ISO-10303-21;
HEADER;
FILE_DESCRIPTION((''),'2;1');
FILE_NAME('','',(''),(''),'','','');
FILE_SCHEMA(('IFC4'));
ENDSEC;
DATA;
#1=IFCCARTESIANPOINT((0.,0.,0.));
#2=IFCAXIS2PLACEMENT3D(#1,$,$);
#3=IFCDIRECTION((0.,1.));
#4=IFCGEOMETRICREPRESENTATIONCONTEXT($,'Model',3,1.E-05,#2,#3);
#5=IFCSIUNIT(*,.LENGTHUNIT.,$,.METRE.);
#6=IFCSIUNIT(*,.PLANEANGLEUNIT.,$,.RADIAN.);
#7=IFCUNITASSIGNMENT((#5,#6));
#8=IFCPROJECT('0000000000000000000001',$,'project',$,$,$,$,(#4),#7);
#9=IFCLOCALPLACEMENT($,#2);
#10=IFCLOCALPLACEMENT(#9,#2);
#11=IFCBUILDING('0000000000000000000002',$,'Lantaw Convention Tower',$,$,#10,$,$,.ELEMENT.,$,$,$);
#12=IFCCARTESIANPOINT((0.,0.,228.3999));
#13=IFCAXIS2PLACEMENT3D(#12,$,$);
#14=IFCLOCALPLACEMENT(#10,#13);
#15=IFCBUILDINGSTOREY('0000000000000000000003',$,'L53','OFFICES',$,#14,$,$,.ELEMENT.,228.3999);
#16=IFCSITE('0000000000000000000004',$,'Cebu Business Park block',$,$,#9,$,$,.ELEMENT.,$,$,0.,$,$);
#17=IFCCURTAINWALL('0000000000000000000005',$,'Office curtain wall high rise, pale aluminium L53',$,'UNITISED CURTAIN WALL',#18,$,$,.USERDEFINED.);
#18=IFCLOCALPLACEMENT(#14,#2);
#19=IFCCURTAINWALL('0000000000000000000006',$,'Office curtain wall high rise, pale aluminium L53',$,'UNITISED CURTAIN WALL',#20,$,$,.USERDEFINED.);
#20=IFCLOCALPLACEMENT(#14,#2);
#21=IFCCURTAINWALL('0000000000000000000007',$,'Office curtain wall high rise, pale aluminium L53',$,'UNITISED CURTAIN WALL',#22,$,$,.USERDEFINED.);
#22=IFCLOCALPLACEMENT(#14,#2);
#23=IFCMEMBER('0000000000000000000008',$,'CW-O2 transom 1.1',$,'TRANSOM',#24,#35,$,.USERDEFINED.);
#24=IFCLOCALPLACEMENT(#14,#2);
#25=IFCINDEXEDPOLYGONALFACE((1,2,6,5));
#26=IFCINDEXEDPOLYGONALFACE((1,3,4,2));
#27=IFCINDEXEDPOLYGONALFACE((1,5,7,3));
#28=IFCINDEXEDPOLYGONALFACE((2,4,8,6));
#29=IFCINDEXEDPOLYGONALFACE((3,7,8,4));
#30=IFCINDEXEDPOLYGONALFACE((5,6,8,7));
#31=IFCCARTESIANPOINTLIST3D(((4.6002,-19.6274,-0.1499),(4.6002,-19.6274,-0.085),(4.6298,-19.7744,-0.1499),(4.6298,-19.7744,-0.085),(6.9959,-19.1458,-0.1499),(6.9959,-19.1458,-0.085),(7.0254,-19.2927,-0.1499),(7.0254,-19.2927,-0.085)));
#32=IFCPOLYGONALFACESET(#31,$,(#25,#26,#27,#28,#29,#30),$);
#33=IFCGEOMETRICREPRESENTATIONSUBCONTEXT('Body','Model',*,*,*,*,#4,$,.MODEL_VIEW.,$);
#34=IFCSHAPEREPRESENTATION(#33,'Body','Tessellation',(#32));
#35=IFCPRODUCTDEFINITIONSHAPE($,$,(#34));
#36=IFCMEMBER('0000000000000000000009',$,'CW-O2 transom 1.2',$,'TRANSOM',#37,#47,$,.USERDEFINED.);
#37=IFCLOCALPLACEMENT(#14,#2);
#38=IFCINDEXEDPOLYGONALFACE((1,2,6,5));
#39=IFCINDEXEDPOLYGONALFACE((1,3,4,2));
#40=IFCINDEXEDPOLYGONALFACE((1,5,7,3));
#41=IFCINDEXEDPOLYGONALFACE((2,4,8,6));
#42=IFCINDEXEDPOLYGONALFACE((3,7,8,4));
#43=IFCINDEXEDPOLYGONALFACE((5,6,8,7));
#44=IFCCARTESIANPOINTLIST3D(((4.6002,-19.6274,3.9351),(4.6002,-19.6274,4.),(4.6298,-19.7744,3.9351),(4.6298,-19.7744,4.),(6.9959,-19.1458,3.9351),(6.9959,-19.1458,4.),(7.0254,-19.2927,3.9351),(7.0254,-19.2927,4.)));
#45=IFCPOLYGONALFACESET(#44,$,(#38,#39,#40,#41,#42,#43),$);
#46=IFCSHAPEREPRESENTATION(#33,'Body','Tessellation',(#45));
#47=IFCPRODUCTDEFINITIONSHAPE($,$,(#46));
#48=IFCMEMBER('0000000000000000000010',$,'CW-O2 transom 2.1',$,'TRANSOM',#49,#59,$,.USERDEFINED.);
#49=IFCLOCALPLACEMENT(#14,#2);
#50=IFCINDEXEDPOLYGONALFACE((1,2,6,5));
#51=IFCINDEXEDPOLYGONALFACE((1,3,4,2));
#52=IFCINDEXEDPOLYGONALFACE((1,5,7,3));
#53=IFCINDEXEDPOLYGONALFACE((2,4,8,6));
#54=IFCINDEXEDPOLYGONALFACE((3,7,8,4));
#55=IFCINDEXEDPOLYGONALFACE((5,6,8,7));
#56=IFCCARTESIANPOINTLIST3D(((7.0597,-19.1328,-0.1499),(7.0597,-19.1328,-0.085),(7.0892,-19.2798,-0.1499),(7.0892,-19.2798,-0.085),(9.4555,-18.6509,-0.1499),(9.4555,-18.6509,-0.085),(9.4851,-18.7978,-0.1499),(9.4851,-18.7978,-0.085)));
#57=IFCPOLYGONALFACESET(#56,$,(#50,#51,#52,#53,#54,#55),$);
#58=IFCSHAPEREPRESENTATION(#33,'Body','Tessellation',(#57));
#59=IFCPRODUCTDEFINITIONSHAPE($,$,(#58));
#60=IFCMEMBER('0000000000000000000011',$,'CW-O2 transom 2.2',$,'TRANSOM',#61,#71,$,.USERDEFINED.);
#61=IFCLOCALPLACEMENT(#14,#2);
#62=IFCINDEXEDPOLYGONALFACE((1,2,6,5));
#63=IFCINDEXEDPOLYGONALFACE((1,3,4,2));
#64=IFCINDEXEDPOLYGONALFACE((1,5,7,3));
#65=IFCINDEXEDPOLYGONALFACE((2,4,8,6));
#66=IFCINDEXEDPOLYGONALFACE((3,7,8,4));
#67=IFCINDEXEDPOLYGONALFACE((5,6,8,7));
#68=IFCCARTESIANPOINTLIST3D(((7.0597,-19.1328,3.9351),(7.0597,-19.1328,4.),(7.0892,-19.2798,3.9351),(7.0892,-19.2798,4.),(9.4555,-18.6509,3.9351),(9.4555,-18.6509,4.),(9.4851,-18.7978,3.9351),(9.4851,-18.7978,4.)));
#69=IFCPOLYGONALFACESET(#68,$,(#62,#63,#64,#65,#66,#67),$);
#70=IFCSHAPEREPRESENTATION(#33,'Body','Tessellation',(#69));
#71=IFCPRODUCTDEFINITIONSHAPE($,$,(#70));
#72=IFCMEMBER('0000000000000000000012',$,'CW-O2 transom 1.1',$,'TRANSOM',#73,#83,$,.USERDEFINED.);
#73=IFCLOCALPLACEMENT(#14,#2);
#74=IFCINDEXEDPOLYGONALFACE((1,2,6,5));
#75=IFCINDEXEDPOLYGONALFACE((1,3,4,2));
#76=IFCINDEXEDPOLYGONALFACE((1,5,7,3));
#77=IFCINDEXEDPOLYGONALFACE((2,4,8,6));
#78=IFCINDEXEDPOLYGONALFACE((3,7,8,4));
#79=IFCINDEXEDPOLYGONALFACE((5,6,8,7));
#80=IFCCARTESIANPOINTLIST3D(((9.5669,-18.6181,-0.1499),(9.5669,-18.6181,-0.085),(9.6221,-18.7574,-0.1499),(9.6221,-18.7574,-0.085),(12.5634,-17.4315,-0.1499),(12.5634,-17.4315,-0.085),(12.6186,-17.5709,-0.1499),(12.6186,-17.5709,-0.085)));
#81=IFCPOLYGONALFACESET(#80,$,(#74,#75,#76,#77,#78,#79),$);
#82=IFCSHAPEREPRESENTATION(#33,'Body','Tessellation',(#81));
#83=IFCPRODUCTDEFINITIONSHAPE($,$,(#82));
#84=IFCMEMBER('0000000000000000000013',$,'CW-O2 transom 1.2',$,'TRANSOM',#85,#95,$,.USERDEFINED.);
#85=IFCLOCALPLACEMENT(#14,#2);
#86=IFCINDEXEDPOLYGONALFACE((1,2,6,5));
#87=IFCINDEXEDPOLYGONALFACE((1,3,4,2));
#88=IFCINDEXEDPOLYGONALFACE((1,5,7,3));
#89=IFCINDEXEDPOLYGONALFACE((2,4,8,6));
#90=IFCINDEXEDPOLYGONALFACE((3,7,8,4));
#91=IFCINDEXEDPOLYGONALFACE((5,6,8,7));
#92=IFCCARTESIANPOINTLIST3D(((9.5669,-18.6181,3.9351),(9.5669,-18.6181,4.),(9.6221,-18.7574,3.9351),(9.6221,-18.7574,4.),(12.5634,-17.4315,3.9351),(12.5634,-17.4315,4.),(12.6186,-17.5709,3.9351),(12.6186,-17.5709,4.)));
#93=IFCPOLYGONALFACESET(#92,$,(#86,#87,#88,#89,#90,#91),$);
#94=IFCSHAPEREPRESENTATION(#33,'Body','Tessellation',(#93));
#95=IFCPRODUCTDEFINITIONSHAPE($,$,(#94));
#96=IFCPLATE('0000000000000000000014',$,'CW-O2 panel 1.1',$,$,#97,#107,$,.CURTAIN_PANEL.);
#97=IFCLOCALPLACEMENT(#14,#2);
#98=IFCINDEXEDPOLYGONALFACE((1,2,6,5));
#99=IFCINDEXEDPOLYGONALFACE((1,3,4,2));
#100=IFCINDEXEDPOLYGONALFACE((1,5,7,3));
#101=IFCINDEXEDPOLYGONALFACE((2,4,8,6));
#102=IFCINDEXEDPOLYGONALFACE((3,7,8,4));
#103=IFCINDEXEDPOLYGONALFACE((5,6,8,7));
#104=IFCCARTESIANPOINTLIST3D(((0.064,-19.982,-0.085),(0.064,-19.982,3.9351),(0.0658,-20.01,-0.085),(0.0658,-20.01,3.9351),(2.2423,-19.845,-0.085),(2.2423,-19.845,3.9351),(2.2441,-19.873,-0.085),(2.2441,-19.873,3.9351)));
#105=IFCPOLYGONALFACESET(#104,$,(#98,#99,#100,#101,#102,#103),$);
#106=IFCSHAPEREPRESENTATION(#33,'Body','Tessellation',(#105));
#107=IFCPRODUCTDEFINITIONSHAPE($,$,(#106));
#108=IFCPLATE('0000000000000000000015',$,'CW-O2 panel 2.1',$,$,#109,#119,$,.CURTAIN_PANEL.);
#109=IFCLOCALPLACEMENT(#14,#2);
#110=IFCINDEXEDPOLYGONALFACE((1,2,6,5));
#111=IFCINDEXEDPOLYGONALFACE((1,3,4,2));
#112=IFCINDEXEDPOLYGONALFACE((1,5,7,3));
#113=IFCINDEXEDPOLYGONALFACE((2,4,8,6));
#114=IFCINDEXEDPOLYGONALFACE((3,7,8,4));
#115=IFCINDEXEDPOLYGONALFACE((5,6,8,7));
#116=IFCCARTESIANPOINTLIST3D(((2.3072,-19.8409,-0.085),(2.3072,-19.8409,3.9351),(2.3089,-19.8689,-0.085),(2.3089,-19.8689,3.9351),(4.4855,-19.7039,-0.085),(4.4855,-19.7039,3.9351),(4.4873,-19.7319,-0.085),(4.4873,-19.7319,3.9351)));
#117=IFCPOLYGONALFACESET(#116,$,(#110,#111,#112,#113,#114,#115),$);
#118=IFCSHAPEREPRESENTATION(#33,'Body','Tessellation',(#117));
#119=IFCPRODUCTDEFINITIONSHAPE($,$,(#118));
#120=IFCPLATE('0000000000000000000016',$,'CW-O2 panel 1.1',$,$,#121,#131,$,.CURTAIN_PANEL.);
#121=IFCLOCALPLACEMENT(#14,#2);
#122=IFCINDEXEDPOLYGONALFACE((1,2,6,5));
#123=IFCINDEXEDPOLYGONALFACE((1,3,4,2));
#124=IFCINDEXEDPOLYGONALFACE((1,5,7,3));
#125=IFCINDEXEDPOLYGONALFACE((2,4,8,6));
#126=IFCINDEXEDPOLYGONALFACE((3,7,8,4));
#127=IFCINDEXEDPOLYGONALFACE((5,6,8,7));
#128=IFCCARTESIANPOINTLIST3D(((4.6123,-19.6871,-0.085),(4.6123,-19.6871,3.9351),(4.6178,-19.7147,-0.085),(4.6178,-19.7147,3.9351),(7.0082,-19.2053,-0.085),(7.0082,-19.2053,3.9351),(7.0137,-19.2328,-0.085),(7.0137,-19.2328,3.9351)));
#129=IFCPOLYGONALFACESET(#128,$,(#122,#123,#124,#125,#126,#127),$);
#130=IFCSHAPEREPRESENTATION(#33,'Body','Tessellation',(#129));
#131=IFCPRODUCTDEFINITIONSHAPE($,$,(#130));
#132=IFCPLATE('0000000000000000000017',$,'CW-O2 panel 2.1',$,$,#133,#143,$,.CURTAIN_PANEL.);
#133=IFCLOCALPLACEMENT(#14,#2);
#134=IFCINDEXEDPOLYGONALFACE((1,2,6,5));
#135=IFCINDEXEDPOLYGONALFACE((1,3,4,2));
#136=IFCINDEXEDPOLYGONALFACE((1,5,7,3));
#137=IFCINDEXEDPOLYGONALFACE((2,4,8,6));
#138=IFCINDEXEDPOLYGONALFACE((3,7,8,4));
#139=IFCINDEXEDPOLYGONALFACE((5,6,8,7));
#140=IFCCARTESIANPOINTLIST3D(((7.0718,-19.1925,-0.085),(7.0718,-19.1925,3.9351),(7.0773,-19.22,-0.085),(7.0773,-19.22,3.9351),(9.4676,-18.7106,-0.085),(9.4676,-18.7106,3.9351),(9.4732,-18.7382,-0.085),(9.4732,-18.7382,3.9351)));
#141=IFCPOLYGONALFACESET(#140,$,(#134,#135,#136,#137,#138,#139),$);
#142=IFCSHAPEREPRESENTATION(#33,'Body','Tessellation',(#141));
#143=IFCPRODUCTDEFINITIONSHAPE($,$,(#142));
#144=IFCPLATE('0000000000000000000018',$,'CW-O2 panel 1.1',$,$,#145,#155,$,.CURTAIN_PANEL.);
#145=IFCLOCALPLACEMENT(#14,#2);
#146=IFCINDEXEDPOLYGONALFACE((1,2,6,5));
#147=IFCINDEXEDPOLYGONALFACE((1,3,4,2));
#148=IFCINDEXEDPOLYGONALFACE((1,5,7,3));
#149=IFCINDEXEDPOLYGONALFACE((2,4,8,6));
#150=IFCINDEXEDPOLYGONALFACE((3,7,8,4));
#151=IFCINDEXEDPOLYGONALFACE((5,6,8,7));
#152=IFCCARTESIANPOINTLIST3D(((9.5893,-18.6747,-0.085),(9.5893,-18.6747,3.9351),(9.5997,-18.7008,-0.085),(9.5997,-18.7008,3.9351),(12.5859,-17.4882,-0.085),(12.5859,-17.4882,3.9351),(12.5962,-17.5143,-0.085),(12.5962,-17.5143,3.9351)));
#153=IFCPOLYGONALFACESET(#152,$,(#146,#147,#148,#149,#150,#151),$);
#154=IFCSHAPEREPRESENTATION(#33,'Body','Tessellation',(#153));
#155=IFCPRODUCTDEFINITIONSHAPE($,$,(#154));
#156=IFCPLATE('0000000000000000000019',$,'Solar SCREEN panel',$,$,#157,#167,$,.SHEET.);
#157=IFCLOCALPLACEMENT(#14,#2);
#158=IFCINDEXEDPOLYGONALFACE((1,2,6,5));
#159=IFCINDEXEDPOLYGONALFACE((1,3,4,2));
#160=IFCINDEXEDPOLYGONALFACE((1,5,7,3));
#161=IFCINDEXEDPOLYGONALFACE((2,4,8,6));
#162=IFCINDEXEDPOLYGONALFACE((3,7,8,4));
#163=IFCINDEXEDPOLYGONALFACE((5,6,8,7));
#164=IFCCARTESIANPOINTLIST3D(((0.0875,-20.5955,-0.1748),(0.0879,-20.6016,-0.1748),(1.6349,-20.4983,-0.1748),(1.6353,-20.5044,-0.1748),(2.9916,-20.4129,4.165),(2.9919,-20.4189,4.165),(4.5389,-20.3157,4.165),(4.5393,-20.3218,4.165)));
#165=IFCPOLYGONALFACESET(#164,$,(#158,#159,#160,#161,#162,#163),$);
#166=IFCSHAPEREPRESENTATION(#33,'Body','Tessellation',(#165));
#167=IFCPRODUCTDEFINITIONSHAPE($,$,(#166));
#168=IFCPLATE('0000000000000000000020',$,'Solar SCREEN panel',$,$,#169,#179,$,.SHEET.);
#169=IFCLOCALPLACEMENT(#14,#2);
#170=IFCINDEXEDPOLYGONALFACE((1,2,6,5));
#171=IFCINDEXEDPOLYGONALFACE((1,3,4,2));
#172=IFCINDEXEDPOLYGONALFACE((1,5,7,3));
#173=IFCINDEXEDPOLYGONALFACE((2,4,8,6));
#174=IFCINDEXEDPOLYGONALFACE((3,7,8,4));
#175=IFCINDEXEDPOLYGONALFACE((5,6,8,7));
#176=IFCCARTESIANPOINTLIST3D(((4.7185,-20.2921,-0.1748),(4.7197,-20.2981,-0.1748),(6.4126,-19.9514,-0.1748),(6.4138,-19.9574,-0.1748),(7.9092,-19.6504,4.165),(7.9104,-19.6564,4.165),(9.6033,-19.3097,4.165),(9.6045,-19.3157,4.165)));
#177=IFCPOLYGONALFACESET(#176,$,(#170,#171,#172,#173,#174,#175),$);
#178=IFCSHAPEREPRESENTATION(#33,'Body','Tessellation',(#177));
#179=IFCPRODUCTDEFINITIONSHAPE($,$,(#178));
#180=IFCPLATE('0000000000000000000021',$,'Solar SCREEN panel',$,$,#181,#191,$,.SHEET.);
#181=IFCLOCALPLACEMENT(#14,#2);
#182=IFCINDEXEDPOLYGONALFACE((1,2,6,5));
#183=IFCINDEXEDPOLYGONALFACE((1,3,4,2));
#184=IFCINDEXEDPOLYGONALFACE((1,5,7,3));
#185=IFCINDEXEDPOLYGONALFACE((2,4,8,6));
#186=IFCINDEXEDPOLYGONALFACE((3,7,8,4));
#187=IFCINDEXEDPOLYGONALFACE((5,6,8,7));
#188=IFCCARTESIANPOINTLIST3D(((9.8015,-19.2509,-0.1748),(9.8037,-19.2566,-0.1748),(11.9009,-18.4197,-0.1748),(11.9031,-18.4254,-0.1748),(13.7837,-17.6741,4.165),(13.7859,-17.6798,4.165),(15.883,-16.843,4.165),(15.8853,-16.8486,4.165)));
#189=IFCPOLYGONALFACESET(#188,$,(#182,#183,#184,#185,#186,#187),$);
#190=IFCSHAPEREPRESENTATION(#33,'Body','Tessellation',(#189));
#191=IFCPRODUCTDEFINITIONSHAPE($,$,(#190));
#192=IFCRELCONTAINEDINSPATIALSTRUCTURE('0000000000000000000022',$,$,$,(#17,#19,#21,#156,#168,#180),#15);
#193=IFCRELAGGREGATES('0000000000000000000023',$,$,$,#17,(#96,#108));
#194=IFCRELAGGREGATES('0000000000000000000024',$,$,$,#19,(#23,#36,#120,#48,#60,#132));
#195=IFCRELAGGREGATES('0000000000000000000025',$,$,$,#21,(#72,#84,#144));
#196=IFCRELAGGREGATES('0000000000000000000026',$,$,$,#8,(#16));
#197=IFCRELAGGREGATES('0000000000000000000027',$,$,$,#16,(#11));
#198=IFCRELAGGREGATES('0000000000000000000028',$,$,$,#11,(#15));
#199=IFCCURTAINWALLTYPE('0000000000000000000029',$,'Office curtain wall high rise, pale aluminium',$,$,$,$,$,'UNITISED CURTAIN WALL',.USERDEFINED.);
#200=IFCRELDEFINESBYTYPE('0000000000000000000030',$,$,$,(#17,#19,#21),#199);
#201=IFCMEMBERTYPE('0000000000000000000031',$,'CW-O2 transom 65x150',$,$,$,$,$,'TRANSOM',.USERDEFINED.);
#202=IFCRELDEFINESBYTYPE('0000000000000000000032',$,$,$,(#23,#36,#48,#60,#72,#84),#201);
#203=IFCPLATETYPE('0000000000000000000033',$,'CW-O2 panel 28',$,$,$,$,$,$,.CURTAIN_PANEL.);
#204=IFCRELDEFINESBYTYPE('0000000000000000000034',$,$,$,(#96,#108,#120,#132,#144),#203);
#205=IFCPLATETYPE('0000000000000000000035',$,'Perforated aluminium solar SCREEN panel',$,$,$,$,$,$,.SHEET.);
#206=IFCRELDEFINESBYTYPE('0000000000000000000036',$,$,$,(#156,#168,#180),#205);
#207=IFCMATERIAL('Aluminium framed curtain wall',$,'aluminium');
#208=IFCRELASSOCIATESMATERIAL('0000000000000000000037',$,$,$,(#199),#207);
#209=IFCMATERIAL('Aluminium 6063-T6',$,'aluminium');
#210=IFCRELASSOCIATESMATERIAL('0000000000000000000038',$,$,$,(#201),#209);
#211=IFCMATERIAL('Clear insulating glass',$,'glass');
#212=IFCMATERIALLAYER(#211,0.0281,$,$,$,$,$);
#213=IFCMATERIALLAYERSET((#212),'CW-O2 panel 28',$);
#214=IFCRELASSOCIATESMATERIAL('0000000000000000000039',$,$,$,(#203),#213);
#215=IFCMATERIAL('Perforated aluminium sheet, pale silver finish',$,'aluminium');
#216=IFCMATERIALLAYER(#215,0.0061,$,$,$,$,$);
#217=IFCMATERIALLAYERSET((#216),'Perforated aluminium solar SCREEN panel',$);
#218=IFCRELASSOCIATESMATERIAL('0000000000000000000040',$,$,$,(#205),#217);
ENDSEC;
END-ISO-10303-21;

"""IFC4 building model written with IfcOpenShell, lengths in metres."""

from ifc_helpers import new_model, si_unit, direction, frame, origin, origin_2d, place, context, subcontext, project, spatial, polyline, rectangle, outline, extrude, material, layer, layer_set, material_profile, profile_set, type_object, element, aggregate, save


model = new_model("IFC4")

# Units and contexts
model_context = context("Model", 3, precision=1e-05, world=origin(), true_north=direction((0.0, 1.0)))
body_context = subcontext(model_context, "Body", "Model", "MODEL_VIEW")
ifc_project = project(units=[si_unit("LENGTHUNIT", "METRE"), si_unit("PLANEANGLEUNIT", "RADIAN")], contexts=[model_context])

# Site, building, storey
site_placement = place(None, origin())
site = spatial("IfcSite", under=ifc_project, at=site_placement, Name="Cebu Business Park block", CompositionType="ELEMENT", RefElevation=0.0)
building_placement = place(site_placement, origin())
building = spatial("IfcBuilding", under=site, at=building_placement, Name="Lantaw Convention Tower", CompositionType="ELEMENT")
storey_placement = place(building_placement, frame((0.0, 0.0, 228.3999)))
storey = spatial("IfcBuildingStorey", under=building, at=storey_placement, Name="L53", Description="OFFICES", CompositionType="ELEMENT", Elevation=228.3999)

# Curtain walls
ifc_material_1 = material(Name="Aluminium framed curtain wall", Category="aluminium")
curtain_wall_type = type_object("IfcCurtainWallType", Name="Office curtain wall high rise, pale aluminium", ElementType="UNITISED CURTAIN WALL", PredefinedType="USERDEFINED", material=ifc_material_1)
curtain_wall_1_placement = place(storey_placement, origin())
curtain_wall_1 = element("IfcCurtainWall", 1, at=curtain_wall_1_placement, inside=storey, type_object=curtain_wall_type, Name="Office curtain wall high rise, pale aluminium L53", ObjectType="UNITISED CURTAIN WALL", PredefinedType="USERDEFINED")
ifc_material_2 = material(Name="Aluminium 6063-T6", Category="aluminium")
curtain_wall_2_placement = place(storey_placement, origin())
curtain_wall_2 = element("IfcCurtainWall", 2, at=curtain_wall_2_placement, inside=storey, type_object=curtain_wall_type, Name="Office curtain wall high rise, pale aluminium L53", ObjectType="UNITISED CURTAIN WALL", PredefinedType="USERDEFINED")

# Curtain wall
curtain_wall_3_placement = place(storey_placement, origin())
curtain_wall_3 = element("IfcCurtainWall", 3, at=curtain_wall_3_placement, inside=storey, type_object=curtain_wall_type, Name="Office curtain wall high rise, pale aluminium L53", ObjectType="UNITISED CURTAIN WALL", PredefinedType="USERDEFINED")

# Members
ifc_material_profile_1 = material_profile(ifc_material_2, rectangle(XDim=0.1499, YDim=0.0649, at=origin_2d()), Name="CW-O2 transom 65x150")
ifc_profile_set_1 = profile_set([ifc_material_profile_1], Name="Aluminium 6063-T6")
member_type_1 = type_object("IfcMemberType", Name="CW-O2 transom 65x150", ElementType="TRANSOM", PredefinedType="USERDEFINED", material=ifc_profile_set_1)
member_1_placement = place(storey_placement, frame((4.615, -19.7009, -0.1174), z_axis=(0.98038, 0.197115, 0.0), x_axis=(-0.197115, 0.98038, 0.0)))
member_1 = element("IfcMember", 4, at=member_1_placement, type_object=member_type_1, Name="CW-O2 transom 1.1", ObjectType="TRANSOM", PredefinedType="USERDEFINED", context=body_context, shape_type="SweptSolid", body=[
    extrude(rectangle(XDim=0.1499, YDim=0.0649, at=origin_2d()), origin(), (0.0, 0.0, 1.0), 2.4436),
])
member_2_placement = place(storey_placement, frame((4.615, -19.7009, 3.9675), z_axis=(0.98038, 0.197115, 0.0), x_axis=(-0.197115, 0.98038, 0.0)))
member_2 = element("IfcMember", 5, at=member_2_placement, type_object=member_type_1, Name="CW-O2 transom 1.2", ObjectType="TRANSOM", PredefinedType="USERDEFINED", context=body_context, shape_type="SweptSolid", body=[
    extrude(rectangle(XDim=0.1499, YDim=0.0649, at=origin_2d()), origin(), (0.0, 0.0, 1.0), 2.4436),
])
member_3_placement = place(storey_placement, frame((7.0745, -19.2063, -0.1174), z_axis=(0.980361, 0.197211, 0.0), x_axis=(-0.197211, 0.980361, 0.0)))
member_3 = element("IfcMember", 6, at=member_3_placement, type_object=member_type_1, Name="CW-O2 transom 2.1", ObjectType="TRANSOM", PredefinedType="USERDEFINED", context=body_context, shape_type="SweptSolid", body=[
    extrude(rectangle(XDim=0.1499, YDim=0.0649, at=origin_2d()), origin(), (0.0, 0.0, 1.0), 2.4438),
])
member_4_placement = place(storey_placement, frame((7.0745, -19.2063, 3.9675), z_axis=(0.980361, 0.197211, 0.0), x_axis=(-0.197211, 0.980361, 0.0)))
member_4 = element("IfcMember", 7, at=member_4_placement, type_object=member_type_1, Name="CW-O2 transom 2.2", ObjectType="TRANSOM", PredefinedType="USERDEFINED", context=body_context, shape_type="SweptSolid", body=[
    extrude(rectangle(XDim=0.1499, YDim=0.0649, at=origin_2d()), origin(), (0.0, 0.0, 1.0), 2.4438),
])
member_5_placement = place(storey_placement, frame((9.5945, -18.6877, -0.1174), z_axis=(0.929767, 0.368149, 0.0), x_axis=(-0.368149, 0.929767, 0.0)))
member_5 = element("IfcMember", 8, at=member_5_placement, type_object=member_type_1, Name="CW-O2 transom 1.1", ObjectType="TRANSOM", PredefinedType="USERDEFINED", context=body_context, shape_type="SweptSolid", body=[
    extrude(rectangle(XDim=0.1499, YDim=0.0649, at=origin_2d()), origin(), (0.0, 0.0, 1.0), 3.2229),
])
member_6_placement = place(storey_placement, frame((9.5945, -18.6877, 3.9675), z_axis=(0.929767, 0.368149, 0.0), x_axis=(-0.368149, 0.929767, 0.0)))
member_6 = element("IfcMember", 9, at=member_6_placement, type_object=member_type_1, Name="CW-O2 transom 1.2", ObjectType="TRANSOM", PredefinedType="USERDEFINED", context=body_context, shape_type="SweptSolid", body=[
    extrude(rectangle(XDim=0.1499, YDim=0.0649, at=origin_2d()), origin(), (0.0, 0.0, 1.0), 3.2229),
])

# Plates
ifc_material_3 = material(Name="Clear insulating glass", Category="glass")
ifc_layer_1 = layer(ifc_material_3, 0.0281)
ifc_layer_set_1 = layer_set([ifc_layer_1], Name="CW-O2 panel 28")
plate_type_1 = type_object("IfcPlateType", Name="CW-O2 panel 28", PredefinedType="CURTAIN_PANEL", material=ifc_layer_set_1)
plate_1_placement = place(storey_placement, frame((1.1541, -19.9275, -0.085), z_axis=(0.0, 0.0, 1.0), x_axis=(0.998029, 0.062758, 0.0)))
plate_1 = element("IfcPlate", 10, at=plate_1_placement, type_object=plate_type_1, Name="CW-O2 panel 1.1", PredefinedType="CURTAIN_PANEL", context=body_context, shape_type="SweptSolid", body=[
    extrude(rectangle(XDim=2.1826, YDim=0.0281, at=origin_2d()), origin(), (0.0, 0.0, 1.0), 4.02),
])
plate_2_placement = place(storey_placement, frame((3.3972, -19.7864, -0.085), z_axis=(0.0, 0.0, 1.0), x_axis=(0.998029, 0.062758, 0.0)))
plate_2 = element("IfcPlate", 11, at=plate_2_placement, type_object=plate_type_1, Name="CW-O2 panel 2.1", PredefinedType="CURTAIN_PANEL", context=body_context, shape_type="SweptSolid", body=[
    extrude(rectangle(XDim=2.1826, YDim=0.0281, at=origin_2d()), origin(), (0.0, 0.0, 1.0), 4.02),
])
aggregate(curtain_wall_1, [plate_1, plate_2])
plate_3_placement = place(storey_placement, frame((5.813, -19.46, -0.085), z_axis=(0.0, 0.0, 1.0), x_axis=(0.980367, 0.197183, 0.0)))
plate_3 = element("IfcPlate", 12, at=plate_3_placement, type_object=plate_type_1, Name="CW-O2 panel 1.1", PredefinedType="CURTAIN_PANEL", context=body_context, shape_type="SweptSolid", body=[
    extrude(rectangle(XDim=2.4438, YDim=0.0281, at=origin_2d()), origin(), (0.0, 0.0, 1.0), 4.02),
])
plate_4_placement = place(storey_placement, frame((8.2725, -18.9653, -0.085), z_axis=(0.0, 0.0, 1.0), x_axis=(0.980367, 0.197183, 0.0)))
plate_4 = element("IfcPlate", 13, at=plate_4_placement, type_object=plate_type_1, Name="CW-O2 panel 2.1", PredefinedType="CURTAIN_PANEL", context=body_context, shape_type="SweptSolid", body=[
    extrude(rectangle(XDim=2.4438, YDim=0.0281, at=origin_2d()), origin(), (0.0, 0.0, 1.0), 4.02),
])
aggregate(curtain_wall_2, [member_1, member_2, plate_3, member_3, member_4, plate_4])
plate_5_placement = place(storey_placement, frame((11.0928, -18.0945, -0.085), z_axis=(0.0, 0.0, 1.0), x_axis=(0.929762, 0.368162, 0.0)))
plate_5 = element("IfcPlate", 14, at=plate_5_placement, type_object=plate_type_1, Name="CW-O2 panel 1.1", PredefinedType="CURTAIN_PANEL", context=body_context, shape_type="SweptSolid", body=[
    extrude(rectangle(XDim=3.2229, YDim=0.0281, at=origin_2d()), origin(), (0.0, 0.0, 1.0), 4.02),
])
aggregate(curtain_wall_3, [member_5, member_6, plate_5])

# Plates
ifc_material_4 = material(Name="Perforated aluminium sheet, pale silver finish", Category="aluminium")
ifc_layer_2 = layer(ifc_material_4, 0.0061)
ifc_layer_set_2 = layer_set([ifc_layer_2], Name="Perforated aluminium solar SCREEN panel")
plate_type_2 = type_object("IfcPlateType", Name="Perforated aluminium solar SCREEN panel", PredefinedType="SHEET", material=ifc_layer_set_2)
plate_6_placement = place(storey_placement, frame((0.0879, -20.6016, -0.1748), z_axis=(0.062672, -0.998034, 0.000059), x_axis=(0.998034, 0.062672, 0.0)))
element("IfcPlate", 15, at=plate_6_placement, inside=storey, type_object=plate_type_2, Name="Solar SCREEN panel", PredefinedType="SHEET", context=body_context, shape_type="SweptSolid", body=[
    extrude(outline(polyline([(0.0, 0.0), (1.5504, 0.0), (4.4602, 4.3398), (2.9098, 4.3398), (0.0, 0.0)])), origin(), (0.0, 0.0, -1.0), 0.0061),
])
plate_7_placement = place(storey_placement, frame((4.7197, -20.2981, -0.1748), z_axis=(0.197162, -0.980371, 0.000011), x_axis=(0.980371, 0.197162, 0.0)))
element("IfcPlate", 16, at=plate_7_placement, inside=storey, type_object=plate_type_2, Name="Solar SCREEN panel", PredefinedType="SHEET", context=body_context, shape_type="SweptSolid", body=[
    extrude(outline(polyline([(0.0, 0.0), (1.728, 0.0), (4.9826, 4.3398), (3.2546, 4.3398), (0.0, 0.0)])), origin(), (0.0, 0.0, -1.0), 0.0061),
])
plate_8_placement = place(storey_placement, frame((9.8037, -19.2566, -0.1748), z_axis=(0.368117, -0.92978, 0.000036), x_axis=(0.92978, 0.368117, 0.0)))
element("IfcPlate", 17, at=plate_8_placement, inside=storey, type_object=plate_type_2, Name="Solar SCREEN panel", PredefinedType="SHEET", context=body_context, shape_type="SweptSolid", body=[
    extrude(outline(polyline([(0.0, 0.0), (2.258, 0.0), (6.5409, 4.3398), (4.283, 4.3398), (0.0, 0.0)])), origin(), (0.0, 0.0, -1.0), 0.0061),
])

save(model, "model.ifc")
